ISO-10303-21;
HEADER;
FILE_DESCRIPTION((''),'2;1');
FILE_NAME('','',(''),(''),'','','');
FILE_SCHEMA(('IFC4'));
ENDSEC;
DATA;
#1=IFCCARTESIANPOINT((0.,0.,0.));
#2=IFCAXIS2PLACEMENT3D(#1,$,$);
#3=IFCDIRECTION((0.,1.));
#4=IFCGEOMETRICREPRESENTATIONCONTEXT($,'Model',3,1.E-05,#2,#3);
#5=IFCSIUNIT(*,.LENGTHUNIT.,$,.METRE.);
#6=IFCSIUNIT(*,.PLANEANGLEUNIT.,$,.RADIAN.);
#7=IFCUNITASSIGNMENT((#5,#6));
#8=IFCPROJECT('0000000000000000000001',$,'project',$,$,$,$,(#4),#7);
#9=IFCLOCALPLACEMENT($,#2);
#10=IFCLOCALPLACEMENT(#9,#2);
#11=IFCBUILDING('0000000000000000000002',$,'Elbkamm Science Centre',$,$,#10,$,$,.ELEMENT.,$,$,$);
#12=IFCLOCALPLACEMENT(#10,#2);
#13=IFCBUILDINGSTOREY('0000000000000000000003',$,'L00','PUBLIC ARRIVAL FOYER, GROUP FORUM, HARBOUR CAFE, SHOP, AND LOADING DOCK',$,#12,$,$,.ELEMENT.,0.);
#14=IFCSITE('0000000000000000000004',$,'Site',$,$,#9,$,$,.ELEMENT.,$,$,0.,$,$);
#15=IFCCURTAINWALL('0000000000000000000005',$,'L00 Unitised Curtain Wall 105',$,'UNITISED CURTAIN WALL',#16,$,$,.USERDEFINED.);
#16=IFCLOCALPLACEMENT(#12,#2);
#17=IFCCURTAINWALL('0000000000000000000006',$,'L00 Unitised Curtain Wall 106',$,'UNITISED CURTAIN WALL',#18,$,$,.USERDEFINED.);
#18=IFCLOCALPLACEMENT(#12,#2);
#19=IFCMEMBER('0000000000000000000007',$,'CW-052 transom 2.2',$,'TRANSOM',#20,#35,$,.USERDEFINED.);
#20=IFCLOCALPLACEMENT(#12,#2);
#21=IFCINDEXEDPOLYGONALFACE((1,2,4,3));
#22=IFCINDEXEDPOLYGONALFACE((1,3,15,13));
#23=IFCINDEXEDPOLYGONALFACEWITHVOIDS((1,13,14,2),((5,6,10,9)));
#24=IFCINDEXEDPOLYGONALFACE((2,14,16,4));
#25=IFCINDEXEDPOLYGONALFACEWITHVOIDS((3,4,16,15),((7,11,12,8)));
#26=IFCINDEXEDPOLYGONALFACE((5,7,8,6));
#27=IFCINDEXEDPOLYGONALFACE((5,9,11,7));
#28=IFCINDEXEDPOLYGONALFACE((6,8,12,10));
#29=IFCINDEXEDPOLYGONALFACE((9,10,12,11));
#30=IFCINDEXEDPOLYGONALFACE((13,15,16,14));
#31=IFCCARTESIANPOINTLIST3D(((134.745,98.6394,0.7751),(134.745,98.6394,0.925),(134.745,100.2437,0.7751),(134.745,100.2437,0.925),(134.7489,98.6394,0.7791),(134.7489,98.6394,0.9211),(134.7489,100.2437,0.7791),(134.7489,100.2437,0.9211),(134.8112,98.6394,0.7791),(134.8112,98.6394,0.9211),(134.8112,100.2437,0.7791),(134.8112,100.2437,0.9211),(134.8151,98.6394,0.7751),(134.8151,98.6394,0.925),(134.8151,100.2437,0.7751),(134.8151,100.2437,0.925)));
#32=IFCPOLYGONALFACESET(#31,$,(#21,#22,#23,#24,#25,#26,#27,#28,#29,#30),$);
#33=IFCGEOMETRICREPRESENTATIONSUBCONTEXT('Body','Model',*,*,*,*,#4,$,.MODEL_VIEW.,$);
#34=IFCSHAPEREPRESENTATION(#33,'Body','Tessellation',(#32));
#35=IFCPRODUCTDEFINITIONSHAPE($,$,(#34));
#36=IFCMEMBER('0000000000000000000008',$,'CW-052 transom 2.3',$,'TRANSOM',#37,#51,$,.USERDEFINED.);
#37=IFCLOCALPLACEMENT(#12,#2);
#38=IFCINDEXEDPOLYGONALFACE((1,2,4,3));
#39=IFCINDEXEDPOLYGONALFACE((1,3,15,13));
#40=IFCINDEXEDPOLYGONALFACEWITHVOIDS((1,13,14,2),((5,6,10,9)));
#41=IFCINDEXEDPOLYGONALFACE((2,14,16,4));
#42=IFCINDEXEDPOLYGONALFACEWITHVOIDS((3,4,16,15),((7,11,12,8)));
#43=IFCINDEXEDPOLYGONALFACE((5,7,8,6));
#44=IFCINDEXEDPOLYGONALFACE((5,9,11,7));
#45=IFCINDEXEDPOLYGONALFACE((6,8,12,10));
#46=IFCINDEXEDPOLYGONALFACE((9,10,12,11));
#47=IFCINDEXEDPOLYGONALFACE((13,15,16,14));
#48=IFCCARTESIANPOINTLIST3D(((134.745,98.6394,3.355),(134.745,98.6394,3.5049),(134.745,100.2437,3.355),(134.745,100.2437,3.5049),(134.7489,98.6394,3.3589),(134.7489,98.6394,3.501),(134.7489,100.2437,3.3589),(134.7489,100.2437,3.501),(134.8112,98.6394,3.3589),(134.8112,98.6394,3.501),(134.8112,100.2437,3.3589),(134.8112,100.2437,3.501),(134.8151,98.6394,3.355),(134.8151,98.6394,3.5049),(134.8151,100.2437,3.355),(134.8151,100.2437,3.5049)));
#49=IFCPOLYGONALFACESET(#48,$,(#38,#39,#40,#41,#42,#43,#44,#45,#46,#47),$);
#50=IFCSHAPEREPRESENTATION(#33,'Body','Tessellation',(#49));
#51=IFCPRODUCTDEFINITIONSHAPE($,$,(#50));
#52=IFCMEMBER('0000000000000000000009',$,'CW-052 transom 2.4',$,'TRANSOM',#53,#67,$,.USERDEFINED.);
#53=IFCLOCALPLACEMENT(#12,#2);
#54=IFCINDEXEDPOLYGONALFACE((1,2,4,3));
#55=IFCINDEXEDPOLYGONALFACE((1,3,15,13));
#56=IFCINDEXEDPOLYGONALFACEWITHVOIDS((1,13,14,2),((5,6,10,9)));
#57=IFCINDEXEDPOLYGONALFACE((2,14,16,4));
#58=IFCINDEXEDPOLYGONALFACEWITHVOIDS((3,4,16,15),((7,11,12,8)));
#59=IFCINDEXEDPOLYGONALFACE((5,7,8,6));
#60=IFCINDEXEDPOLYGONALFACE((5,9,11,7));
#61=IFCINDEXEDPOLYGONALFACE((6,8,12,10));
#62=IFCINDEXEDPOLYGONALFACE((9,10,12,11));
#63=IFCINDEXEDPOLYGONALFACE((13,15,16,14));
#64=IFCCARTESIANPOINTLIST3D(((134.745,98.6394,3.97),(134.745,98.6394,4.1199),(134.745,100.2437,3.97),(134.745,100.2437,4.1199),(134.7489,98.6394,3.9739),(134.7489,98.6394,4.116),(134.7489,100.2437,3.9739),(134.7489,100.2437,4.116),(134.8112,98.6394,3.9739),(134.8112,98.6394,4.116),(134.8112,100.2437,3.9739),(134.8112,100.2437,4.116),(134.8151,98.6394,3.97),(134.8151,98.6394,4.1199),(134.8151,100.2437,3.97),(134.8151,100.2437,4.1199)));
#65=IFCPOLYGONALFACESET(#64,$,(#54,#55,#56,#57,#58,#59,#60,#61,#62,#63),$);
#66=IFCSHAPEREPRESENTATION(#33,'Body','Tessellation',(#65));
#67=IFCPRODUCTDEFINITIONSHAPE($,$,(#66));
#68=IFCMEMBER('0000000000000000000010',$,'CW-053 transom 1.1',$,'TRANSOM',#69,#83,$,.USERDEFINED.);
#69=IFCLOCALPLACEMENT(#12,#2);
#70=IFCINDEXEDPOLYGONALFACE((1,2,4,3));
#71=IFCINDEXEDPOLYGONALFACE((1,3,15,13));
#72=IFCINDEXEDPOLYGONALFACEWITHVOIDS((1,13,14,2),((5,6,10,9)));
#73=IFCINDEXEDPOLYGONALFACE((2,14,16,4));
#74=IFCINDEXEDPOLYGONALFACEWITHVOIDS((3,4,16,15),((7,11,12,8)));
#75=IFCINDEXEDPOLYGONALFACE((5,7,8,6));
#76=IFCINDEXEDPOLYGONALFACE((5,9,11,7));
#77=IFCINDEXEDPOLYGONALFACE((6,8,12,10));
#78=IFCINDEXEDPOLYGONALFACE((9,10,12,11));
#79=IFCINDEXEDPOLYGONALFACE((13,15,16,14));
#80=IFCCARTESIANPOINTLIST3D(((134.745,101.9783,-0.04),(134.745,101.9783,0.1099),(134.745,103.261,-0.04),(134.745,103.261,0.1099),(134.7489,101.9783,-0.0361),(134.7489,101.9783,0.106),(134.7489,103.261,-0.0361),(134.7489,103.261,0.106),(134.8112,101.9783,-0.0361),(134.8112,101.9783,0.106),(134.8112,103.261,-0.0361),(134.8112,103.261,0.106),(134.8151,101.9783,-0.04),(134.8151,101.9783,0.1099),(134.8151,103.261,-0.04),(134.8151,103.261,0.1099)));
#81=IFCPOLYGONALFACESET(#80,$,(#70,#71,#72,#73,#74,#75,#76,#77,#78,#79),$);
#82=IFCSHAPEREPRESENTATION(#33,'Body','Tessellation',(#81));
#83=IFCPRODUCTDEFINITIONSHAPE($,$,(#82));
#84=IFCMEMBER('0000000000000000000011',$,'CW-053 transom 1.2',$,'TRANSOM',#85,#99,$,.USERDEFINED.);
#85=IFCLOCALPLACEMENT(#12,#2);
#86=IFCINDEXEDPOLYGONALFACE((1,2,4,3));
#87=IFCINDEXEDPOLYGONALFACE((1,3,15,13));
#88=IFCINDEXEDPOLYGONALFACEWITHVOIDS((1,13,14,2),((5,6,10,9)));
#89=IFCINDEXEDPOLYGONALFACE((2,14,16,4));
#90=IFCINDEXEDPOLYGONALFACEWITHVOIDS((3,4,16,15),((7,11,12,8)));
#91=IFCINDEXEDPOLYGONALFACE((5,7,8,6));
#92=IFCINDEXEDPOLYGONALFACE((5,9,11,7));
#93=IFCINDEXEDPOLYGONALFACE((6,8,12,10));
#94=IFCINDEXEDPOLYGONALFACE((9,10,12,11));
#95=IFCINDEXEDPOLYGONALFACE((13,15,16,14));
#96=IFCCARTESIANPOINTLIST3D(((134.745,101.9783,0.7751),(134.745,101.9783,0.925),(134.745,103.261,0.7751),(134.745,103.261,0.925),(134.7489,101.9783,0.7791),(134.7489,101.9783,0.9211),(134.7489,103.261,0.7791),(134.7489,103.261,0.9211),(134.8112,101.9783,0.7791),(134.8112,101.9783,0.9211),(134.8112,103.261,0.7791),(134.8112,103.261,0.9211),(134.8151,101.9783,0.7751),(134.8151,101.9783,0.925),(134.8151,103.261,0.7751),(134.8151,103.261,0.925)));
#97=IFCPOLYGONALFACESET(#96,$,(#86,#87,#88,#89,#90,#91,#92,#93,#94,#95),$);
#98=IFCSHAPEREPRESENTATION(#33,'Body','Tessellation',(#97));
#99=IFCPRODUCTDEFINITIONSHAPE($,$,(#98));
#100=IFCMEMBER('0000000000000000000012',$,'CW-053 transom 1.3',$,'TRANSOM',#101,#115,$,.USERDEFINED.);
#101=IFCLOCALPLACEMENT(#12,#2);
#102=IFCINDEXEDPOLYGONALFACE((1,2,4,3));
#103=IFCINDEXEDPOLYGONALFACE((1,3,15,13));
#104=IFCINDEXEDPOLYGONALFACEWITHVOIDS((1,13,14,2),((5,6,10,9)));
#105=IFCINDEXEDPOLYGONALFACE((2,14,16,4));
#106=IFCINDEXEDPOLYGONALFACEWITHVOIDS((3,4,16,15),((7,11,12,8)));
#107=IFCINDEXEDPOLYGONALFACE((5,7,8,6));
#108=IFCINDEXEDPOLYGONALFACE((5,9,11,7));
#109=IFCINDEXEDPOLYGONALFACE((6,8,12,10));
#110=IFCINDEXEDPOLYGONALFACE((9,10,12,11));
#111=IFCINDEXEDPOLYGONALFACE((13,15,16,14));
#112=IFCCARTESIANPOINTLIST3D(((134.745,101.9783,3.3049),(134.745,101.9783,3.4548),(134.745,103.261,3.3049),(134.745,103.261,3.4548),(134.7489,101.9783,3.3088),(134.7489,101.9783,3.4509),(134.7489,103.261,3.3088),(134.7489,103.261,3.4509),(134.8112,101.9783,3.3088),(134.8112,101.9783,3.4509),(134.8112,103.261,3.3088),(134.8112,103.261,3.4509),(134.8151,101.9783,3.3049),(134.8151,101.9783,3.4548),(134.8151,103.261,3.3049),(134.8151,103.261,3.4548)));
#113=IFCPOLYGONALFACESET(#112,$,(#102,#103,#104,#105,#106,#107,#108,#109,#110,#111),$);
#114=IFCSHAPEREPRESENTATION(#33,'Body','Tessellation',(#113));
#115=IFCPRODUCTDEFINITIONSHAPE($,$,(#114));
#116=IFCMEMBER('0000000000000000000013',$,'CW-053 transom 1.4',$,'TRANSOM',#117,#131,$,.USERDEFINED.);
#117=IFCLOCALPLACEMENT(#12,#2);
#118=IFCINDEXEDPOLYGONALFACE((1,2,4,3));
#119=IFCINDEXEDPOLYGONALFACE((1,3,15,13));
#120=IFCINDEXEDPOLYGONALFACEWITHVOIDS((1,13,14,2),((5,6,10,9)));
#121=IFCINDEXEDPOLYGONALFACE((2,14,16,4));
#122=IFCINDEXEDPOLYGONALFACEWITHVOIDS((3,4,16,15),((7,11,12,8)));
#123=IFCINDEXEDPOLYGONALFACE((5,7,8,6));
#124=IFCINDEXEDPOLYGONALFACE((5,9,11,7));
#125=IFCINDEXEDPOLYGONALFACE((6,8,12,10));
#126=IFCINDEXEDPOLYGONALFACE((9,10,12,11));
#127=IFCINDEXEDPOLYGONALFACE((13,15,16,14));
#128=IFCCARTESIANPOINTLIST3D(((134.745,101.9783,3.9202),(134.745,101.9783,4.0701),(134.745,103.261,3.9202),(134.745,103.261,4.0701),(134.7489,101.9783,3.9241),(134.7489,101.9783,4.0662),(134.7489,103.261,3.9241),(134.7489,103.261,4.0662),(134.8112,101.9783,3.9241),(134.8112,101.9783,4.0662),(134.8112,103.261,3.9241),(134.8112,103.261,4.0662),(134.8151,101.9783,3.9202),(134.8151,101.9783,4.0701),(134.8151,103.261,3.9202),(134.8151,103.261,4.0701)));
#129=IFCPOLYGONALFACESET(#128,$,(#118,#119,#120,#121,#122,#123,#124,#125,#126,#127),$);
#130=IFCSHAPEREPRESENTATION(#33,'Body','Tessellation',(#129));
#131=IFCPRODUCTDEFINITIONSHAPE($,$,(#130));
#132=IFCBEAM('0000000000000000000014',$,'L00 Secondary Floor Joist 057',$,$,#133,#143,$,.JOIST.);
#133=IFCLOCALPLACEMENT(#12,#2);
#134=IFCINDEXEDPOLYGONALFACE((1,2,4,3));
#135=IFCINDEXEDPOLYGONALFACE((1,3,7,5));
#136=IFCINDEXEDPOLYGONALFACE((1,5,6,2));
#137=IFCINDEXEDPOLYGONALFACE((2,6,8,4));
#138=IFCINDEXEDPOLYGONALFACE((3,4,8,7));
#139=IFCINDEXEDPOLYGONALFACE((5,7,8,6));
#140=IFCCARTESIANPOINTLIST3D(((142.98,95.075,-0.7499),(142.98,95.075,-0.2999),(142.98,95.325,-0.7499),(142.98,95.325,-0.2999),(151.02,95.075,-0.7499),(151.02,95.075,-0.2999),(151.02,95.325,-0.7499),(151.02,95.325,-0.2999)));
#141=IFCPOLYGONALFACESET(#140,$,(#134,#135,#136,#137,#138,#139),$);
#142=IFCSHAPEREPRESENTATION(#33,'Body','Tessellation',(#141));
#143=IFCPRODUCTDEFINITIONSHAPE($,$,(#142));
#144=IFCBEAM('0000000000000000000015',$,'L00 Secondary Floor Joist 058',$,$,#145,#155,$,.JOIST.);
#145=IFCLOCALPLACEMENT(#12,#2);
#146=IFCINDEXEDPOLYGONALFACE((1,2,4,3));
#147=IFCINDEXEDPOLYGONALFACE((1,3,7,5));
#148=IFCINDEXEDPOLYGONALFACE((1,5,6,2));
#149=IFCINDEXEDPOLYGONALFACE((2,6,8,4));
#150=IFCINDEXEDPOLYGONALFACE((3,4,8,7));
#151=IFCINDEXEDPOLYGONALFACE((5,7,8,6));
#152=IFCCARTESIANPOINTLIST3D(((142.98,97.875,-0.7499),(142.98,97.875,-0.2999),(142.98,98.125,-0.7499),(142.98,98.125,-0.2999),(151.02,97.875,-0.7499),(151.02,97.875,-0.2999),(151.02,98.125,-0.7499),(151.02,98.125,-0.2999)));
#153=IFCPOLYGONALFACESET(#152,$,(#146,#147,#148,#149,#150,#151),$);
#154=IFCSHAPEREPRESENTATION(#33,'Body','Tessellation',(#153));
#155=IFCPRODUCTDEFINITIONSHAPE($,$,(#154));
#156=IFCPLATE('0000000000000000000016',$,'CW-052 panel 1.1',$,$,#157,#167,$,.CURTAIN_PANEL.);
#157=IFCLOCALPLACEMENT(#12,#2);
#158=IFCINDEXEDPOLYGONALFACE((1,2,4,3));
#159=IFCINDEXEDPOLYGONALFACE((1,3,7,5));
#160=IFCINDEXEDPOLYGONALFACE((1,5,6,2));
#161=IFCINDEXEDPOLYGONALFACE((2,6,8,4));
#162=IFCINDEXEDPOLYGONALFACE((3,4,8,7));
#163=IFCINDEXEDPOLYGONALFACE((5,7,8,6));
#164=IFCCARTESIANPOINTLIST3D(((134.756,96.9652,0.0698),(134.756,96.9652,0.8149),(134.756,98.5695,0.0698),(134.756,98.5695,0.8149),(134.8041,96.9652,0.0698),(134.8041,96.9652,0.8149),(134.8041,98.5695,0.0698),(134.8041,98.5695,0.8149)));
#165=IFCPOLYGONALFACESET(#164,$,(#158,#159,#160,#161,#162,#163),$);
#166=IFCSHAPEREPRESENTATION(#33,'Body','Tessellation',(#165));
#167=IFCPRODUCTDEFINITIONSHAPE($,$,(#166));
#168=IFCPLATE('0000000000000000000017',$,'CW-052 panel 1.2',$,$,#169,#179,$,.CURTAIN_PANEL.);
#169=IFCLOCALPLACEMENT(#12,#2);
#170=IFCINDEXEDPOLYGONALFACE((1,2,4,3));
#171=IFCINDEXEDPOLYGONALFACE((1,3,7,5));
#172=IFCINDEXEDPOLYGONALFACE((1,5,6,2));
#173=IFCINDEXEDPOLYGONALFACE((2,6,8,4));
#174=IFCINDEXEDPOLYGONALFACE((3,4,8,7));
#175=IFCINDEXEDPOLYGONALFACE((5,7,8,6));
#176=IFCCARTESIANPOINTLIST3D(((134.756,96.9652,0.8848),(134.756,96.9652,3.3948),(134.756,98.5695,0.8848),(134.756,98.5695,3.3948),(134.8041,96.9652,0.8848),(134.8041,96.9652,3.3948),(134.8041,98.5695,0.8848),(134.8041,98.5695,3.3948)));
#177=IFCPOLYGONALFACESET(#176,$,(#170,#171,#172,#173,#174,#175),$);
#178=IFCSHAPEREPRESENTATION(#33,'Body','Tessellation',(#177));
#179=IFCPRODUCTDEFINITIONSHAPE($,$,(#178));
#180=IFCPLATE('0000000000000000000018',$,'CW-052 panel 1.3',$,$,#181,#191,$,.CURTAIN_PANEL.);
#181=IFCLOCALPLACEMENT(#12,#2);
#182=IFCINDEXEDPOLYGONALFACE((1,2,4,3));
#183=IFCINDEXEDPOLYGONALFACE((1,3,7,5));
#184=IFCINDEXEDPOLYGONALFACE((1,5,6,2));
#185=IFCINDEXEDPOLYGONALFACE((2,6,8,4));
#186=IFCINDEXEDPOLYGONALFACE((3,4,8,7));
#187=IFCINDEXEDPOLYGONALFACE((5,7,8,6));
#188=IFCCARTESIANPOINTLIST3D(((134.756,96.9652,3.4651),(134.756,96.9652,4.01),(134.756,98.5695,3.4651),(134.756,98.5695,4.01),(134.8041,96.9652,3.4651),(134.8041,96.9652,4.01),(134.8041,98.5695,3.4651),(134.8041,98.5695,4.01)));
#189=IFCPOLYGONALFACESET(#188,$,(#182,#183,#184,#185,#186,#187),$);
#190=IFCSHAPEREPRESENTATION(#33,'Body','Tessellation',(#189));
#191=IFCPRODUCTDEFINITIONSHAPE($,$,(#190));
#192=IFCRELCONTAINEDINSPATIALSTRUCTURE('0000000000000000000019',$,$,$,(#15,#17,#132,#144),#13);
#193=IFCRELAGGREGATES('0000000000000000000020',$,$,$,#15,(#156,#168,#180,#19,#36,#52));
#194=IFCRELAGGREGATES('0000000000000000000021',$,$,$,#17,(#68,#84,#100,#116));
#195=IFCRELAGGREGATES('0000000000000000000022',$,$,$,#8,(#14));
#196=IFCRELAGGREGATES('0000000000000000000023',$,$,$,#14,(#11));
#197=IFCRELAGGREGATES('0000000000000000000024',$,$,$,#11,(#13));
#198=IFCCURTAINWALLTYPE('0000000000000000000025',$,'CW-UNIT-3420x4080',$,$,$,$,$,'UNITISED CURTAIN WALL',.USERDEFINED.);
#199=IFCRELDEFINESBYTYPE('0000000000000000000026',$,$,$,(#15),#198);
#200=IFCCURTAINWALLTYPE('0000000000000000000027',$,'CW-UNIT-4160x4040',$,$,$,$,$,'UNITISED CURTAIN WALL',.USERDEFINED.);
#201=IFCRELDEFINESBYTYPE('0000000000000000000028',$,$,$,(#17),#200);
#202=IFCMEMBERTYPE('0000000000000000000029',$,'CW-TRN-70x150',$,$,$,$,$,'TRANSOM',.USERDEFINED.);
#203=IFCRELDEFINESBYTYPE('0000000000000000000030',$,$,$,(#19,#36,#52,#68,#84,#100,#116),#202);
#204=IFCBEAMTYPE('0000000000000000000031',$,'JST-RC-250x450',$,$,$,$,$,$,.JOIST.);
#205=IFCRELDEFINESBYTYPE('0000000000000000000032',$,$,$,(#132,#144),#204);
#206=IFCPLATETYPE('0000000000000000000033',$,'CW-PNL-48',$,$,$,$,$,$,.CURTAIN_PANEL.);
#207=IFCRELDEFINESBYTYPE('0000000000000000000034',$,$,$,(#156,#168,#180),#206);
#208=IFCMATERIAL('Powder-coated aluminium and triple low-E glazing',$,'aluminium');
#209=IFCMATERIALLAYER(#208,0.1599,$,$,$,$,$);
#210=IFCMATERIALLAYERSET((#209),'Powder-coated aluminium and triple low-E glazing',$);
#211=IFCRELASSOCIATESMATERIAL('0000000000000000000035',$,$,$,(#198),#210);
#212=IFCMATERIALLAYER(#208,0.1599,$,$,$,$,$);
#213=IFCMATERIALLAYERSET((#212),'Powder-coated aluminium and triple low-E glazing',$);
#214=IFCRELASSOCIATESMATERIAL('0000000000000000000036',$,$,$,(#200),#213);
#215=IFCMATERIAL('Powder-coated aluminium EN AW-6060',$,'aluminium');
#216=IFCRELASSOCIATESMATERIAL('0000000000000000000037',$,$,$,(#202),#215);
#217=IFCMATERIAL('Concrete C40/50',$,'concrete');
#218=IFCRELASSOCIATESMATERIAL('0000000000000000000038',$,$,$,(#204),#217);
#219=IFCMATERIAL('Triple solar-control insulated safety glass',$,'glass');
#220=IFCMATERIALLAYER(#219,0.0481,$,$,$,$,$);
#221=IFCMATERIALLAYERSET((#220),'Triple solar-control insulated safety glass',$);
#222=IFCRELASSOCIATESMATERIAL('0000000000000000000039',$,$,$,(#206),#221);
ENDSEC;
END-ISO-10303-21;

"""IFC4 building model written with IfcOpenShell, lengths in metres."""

from ifc_helpers import new_model, si_unit, direction, frame, origin, origin_2d, place, context, subcontext, project, spatial, rectangle, hollow_rectangle, extrude, material, layer, layer_set, material_profile, profile_set, type_object, element, aggregate, save


model = new_model("IFC4")

# Units and contexts
model_context = context("Model", 3, precision=1e-05, world=origin(), true_north=direction((0.0, 1.0)))
body_context = subcontext(model_context, "Body", "Model", "MODEL_VIEW")
ifc_project = project(units=[si_unit("LENGTHUNIT", "METRE"), si_unit("PLANEANGLEUNIT", "RADIAN")], contexts=[model_context])

# Site, building, storey
site_placement = place(None, origin())
site = spatial("IfcSite", under=ifc_project, at=site_placement, Name="Site", CompositionType="ELEMENT", RefElevation=0.0)
building_placement = place(site_placement, origin())
building = spatial("IfcBuilding", under=site, at=building_placement, Name="Elbkamm Science Centre", CompositionType="ELEMENT")
storey_placement = place(building_placement, origin())
storey = spatial("IfcBuildingStorey", under=building, at=storey_placement, Name="L00", Description="PUBLIC ARRIVAL FOYER, GROUP FORUM, HARBOUR CAFE, SHOP, AND LOADING DOCK", CompositionType="ELEMENT", Elevation=0.0)

# Shared definitions
ifc_material_1 = material(Name="Concrete C40/50", Category="concrete")

# Curtain wall
ifc_material_2 = material(Name="Powder-coated aluminium and triple low-E glazing", Category="aluminium")
ifc_layer_1 = layer(ifc_material_2, 0.1599)
ifc_layer_set_1 = layer_set([ifc_layer_1], Name="Powder-coated aluminium and triple low-E glazing")
curtain_wall_type_1 = type_object("IfcCurtainWallType", Name="CW-UNIT-3420x4080", ElementType="UNITISED CURTAIN WALL", PredefinedType="USERDEFINED", material=ifc_layer_set_1)
curtain_wall_1_placement = place(storey_placement, origin())
curtain_wall_1 = element("IfcCurtainWall", 1, at=curtain_wall_1_placement, inside=storey, type_object=curtain_wall_type_1, Name="L00 Unitised Curtain Wall 105", ObjectType="UNITISED CURTAIN WALL", PredefinedType="USERDEFINED")
ifc_material_3 = material(Name="Powder-coated aluminium EN AW-6060", Category="aluminium")

# Curtain wall
ifc_layer_2 = layer(ifc_material_2, 0.1599)
ifc_layer_set_2 = layer_set([ifc_layer_2], Name="Powder-coated aluminium and triple low-E glazing")
curtain_wall_type_2 = type_object("IfcCurtainWallType", Name="CW-UNIT-4160x4040", ElementType="UNITISED CURTAIN WALL", PredefinedType="USERDEFINED", material=ifc_layer_set_2)
curtain_wall_2_placement = place(storey_placement, origin())
curtain_wall_2 = element("IfcCurtainWall", 2, at=curtain_wall_2_placement, inside=storey, type_object=curtain_wall_type_2, Name="L00 Unitised Curtain Wall 106", ObjectType="UNITISED CURTAIN WALL", PredefinedType="USERDEFINED")

# Members
ifc_material_profile_1 = material_profile(ifc_material_3, hollow_rectangle(XDim=0.0701, YDim=0.1499, WallThickness=0.0039, at=origin_2d()), Name="ALU T70x150")
ifc_profile_set_1 = profile_set([ifc_material_profile_1], Name="Powder-coated aluminium EN AW-6060")
member_type_1 = type_object("IfcMemberType", Name="CW-TRN-70x150", ElementType="TRANSOM", PredefinedType="USERDEFINED", material=ifc_profile_set_1)
member_1_placement = place(storey_placement, frame((134.78, 98.6394, 0.8501), z_axis=(0.0, 1.0, 0.0), x_axis=(-1.0, 0.0, 0.0)))
member_1 = element("IfcMember", 3, at=member_1_placement, type_object=member_type_1, Name="CW-052 transom 2.2", ObjectType="TRANSOM", PredefinedType="USERDEFINED", context=body_context, shape_type="SweptSolid", body=[
    extrude(hollow_rectangle(XDim=0.0701, YDim=0.1499, WallThickness=0.0039, at=origin_2d()), origin(), (0.0, 0.0, 1.0), 1.6042),
])
member_2_placement = place(storey_placement, frame((134.78, 98.6394, 3.4299), z_axis=(0.0, 1.0, 0.0), x_axis=(-1.0, 0.0, 0.0)))
member_2 = element("IfcMember", 4, at=member_2_placement, type_object=member_type_1, Name="CW-052 transom 2.3", ObjectType="TRANSOM", PredefinedType="USERDEFINED", context=body_context, shape_type="SweptSolid", body=[
    extrude(hollow_rectangle(XDim=0.0701, YDim=0.1499, WallThickness=0.0039, at=origin_2d()), origin(), (0.0, 0.0, 1.0), 1.6042),
])
member_3_placement = place(storey_placement, frame((134.78, 98.6394, 4.0449), z_axis=(0.0, 1.0, 0.0), x_axis=(-1.0, 0.0, 0.0)))
member_3 = element("IfcMember", 5, at=member_3_placement, type_object=member_type_1, Name="CW-052 transom 2.4", ObjectType="TRANSOM", PredefinedType="USERDEFINED", context=body_context, shape_type="SweptSolid", body=[
    extrude(hollow_rectangle(XDim=0.0701, YDim=0.1499, WallThickness=0.0039, at=origin_2d()), origin(), (0.0, 0.0, 1.0), 1.6042),
])
member_4_placement = place(storey_placement, frame((134.78, 101.9783, 0.0349), z_axis=(0.0, 1.0, 0.0), x_axis=(-1.0, 0.0, 0.0)))
member_4 = element("IfcMember", 6, at=member_4_placement, type_object=member_type_1, Name="CW-053 transom 1.1", ObjectType="TRANSOM", PredefinedType="USERDEFINED", context=body_context, shape_type="SweptSolid", body=[
    extrude(hollow_rectangle(XDim=0.0701, YDim=0.1499, WallThickness=0.0039, at=origin_2d()), origin(), (0.0, 0.0, 1.0), 1.2827),
])
member_5_placement = place(storey_placement, frame((134.78, 101.9783, 0.8501), z_axis=(0.0, 1.0, 0.0), x_axis=(-1.0, 0.0, 0.0)))
member_5 = element("IfcMember", 7, at=member_5_placement, type_object=member_type_1, Name="CW-053 transom 1.2", ObjectType="TRANSOM", PredefinedType="USERDEFINED", context=body_context, shape_type="SweptSolid", body=[
    extrude(hollow_rectangle(XDim=0.0701, YDim=0.1499, WallThickness=0.0039, at=origin_2d()), origin(), (0.0, 0.0, 1.0), 1.2827),
])
member_6_placement = place(storey_placement, frame((134.78, 101.9783, 3.3799), z_axis=(0.0, 1.0, 0.0), x_axis=(-1.0, 0.0, 0.0)))
member_6 = element("IfcMember", 8, at=member_6_placement, type_object=member_type_1, Name="CW-053 transom 1.3", ObjectType="TRANSOM", PredefinedType="USERDEFINED", context=body_context, shape_type="SweptSolid", body=[
    extrude(hollow_rectangle(XDim=0.0701, YDim=0.1499, WallThickness=0.0039, at=origin_2d()), origin(), (0.0, 0.0, 1.0), 1.2827),
])
member_7_placement = place(storey_placement, frame((134.78, 101.9783, 3.9951), z_axis=(0.0, 1.0, 0.0), x_axis=(-1.0, 0.0, 0.0)))
member_7 = element("IfcMember", 9, at=member_7_placement, type_object=member_type_1, Name="CW-053 transom 1.4", ObjectType="TRANSOM", PredefinedType="USERDEFINED", context=body_context, shape_type="SweptSolid", body=[
    extrude(hollow_rectangle(XDim=0.0701, YDim=0.1499, WallThickness=0.0039, at=origin_2d()), origin(), (0.0, 0.0, 1.0), 1.2827),
])

# Beams
ifc_material_profile_2 = material_profile(ifc_material_1, rectangle(XDim=0.25, YDim=0.45, at=origin_2d()), Name="RC 250x450")
ifc_profile_set_2 = profile_set([ifc_material_profile_2], Name="Concrete C40/50")
beam_type_1 = type_object("IfcBeamType", Name="JST-RC-250x450", PredefinedType="JOIST", material=ifc_profile_set_2)
for number, where, z_axis, x_axis, name in (
    (10, (142.98, 95.2, -0.5249), (1.0, 0.0, 0.0), (0.0, 1.0, 0.0), "L00 Secondary Floor Joist 057"),
    (11, (142.98, 98.0, -0.5249), (1.0, 0.0, 0.0), (0.0, 1.0, 0.0), "L00 Secondary Floor Joist 058"),
):
    element("IfcBeam", number, at=place(storey_placement, frame(where, z_axis=z_axis, x_axis=x_axis)), inside=storey, type_object=beam_type_1, Name=name, PredefinedType="JOIST", context=body_context, shape_type="SweptSolid", body=[
        extrude(rectangle(XDim=0.25, YDim=0.45, at=origin_2d()), origin(), (0.0, 0.0, 1.0), 8.04),
    ])

# Plates
ifc_material_4 = material(Name="Triple solar-control insulated safety glass", Category="glass")
ifc_layer_3 = layer(ifc_material_4, 0.0481)
ifc_layer_set_3 = layer_set([ifc_layer_3], Name="Triple solar-control insulated safety glass")
plate_type = type_object("IfcPlateType", Name="CW-PNL-48", PredefinedType="CURTAIN_PANEL", material=ifc_layer_set_3)
plate_1_placement = place(storey_placement, frame((134.78, 97.7673, 0.0698), z_axis=(0.0, 0.0, 1.0), x_axis=(0.0, 1.0, 0.0)))
plate_1 = element("IfcPlate", 12, at=plate_1_placement, type_object=plate_type, Name="CW-052 panel 1.1", PredefinedType="CURTAIN_PANEL", context=body_context, shape_type="SweptSolid", body=[
    extrude(rectangle(XDim=1.6042, YDim=0.0481, at=origin_2d()), origin(), (0.0, 0.0, 1.0), 0.7451),
])
plate_2_placement = place(storey_placement, frame((134.78, 97.7673, 0.8848), z_axis=(0.0, 0.0, 1.0), x_axis=(0.0, 1.0, 0.0)))
plate_2 = element("IfcPlate", 13, at=plate_2_placement, type_object=plate_type, Name="CW-052 panel 1.2", PredefinedType="CURTAIN_PANEL", context=body_context, shape_type="SweptSolid", body=[
    extrude(rectangle(XDim=1.6042, YDim=0.0481, at=origin_2d()), origin(), (0.0, 0.0, 1.0), 2.51),
])
plate_3_placement = place(storey_placement, frame((134.78, 97.7673, 3.4651), z_axis=(0.0, 0.0, 1.0), x_axis=(0.0, 1.0, 0.0)))
plate_3 = element("IfcPlate", 14, at=plate_3_placement, type_object=plate_type, Name="CW-052 panel 1.3", PredefinedType="CURTAIN_PANEL", context=body_context, shape_type="SweptSolid", body=[
    extrude(rectangle(XDim=1.6042, YDim=0.0481, at=origin_2d()), origin(), (0.0, 0.0, 1.0), 0.5449),
])
aggregate(curtain_wall_1, [plate_1, plate_2, plate_3, member_1, member_2, member_3])
aggregate(curtain_wall_2, [member_4, member_5, member_6, member_7])

save(model, "model.ifc")
